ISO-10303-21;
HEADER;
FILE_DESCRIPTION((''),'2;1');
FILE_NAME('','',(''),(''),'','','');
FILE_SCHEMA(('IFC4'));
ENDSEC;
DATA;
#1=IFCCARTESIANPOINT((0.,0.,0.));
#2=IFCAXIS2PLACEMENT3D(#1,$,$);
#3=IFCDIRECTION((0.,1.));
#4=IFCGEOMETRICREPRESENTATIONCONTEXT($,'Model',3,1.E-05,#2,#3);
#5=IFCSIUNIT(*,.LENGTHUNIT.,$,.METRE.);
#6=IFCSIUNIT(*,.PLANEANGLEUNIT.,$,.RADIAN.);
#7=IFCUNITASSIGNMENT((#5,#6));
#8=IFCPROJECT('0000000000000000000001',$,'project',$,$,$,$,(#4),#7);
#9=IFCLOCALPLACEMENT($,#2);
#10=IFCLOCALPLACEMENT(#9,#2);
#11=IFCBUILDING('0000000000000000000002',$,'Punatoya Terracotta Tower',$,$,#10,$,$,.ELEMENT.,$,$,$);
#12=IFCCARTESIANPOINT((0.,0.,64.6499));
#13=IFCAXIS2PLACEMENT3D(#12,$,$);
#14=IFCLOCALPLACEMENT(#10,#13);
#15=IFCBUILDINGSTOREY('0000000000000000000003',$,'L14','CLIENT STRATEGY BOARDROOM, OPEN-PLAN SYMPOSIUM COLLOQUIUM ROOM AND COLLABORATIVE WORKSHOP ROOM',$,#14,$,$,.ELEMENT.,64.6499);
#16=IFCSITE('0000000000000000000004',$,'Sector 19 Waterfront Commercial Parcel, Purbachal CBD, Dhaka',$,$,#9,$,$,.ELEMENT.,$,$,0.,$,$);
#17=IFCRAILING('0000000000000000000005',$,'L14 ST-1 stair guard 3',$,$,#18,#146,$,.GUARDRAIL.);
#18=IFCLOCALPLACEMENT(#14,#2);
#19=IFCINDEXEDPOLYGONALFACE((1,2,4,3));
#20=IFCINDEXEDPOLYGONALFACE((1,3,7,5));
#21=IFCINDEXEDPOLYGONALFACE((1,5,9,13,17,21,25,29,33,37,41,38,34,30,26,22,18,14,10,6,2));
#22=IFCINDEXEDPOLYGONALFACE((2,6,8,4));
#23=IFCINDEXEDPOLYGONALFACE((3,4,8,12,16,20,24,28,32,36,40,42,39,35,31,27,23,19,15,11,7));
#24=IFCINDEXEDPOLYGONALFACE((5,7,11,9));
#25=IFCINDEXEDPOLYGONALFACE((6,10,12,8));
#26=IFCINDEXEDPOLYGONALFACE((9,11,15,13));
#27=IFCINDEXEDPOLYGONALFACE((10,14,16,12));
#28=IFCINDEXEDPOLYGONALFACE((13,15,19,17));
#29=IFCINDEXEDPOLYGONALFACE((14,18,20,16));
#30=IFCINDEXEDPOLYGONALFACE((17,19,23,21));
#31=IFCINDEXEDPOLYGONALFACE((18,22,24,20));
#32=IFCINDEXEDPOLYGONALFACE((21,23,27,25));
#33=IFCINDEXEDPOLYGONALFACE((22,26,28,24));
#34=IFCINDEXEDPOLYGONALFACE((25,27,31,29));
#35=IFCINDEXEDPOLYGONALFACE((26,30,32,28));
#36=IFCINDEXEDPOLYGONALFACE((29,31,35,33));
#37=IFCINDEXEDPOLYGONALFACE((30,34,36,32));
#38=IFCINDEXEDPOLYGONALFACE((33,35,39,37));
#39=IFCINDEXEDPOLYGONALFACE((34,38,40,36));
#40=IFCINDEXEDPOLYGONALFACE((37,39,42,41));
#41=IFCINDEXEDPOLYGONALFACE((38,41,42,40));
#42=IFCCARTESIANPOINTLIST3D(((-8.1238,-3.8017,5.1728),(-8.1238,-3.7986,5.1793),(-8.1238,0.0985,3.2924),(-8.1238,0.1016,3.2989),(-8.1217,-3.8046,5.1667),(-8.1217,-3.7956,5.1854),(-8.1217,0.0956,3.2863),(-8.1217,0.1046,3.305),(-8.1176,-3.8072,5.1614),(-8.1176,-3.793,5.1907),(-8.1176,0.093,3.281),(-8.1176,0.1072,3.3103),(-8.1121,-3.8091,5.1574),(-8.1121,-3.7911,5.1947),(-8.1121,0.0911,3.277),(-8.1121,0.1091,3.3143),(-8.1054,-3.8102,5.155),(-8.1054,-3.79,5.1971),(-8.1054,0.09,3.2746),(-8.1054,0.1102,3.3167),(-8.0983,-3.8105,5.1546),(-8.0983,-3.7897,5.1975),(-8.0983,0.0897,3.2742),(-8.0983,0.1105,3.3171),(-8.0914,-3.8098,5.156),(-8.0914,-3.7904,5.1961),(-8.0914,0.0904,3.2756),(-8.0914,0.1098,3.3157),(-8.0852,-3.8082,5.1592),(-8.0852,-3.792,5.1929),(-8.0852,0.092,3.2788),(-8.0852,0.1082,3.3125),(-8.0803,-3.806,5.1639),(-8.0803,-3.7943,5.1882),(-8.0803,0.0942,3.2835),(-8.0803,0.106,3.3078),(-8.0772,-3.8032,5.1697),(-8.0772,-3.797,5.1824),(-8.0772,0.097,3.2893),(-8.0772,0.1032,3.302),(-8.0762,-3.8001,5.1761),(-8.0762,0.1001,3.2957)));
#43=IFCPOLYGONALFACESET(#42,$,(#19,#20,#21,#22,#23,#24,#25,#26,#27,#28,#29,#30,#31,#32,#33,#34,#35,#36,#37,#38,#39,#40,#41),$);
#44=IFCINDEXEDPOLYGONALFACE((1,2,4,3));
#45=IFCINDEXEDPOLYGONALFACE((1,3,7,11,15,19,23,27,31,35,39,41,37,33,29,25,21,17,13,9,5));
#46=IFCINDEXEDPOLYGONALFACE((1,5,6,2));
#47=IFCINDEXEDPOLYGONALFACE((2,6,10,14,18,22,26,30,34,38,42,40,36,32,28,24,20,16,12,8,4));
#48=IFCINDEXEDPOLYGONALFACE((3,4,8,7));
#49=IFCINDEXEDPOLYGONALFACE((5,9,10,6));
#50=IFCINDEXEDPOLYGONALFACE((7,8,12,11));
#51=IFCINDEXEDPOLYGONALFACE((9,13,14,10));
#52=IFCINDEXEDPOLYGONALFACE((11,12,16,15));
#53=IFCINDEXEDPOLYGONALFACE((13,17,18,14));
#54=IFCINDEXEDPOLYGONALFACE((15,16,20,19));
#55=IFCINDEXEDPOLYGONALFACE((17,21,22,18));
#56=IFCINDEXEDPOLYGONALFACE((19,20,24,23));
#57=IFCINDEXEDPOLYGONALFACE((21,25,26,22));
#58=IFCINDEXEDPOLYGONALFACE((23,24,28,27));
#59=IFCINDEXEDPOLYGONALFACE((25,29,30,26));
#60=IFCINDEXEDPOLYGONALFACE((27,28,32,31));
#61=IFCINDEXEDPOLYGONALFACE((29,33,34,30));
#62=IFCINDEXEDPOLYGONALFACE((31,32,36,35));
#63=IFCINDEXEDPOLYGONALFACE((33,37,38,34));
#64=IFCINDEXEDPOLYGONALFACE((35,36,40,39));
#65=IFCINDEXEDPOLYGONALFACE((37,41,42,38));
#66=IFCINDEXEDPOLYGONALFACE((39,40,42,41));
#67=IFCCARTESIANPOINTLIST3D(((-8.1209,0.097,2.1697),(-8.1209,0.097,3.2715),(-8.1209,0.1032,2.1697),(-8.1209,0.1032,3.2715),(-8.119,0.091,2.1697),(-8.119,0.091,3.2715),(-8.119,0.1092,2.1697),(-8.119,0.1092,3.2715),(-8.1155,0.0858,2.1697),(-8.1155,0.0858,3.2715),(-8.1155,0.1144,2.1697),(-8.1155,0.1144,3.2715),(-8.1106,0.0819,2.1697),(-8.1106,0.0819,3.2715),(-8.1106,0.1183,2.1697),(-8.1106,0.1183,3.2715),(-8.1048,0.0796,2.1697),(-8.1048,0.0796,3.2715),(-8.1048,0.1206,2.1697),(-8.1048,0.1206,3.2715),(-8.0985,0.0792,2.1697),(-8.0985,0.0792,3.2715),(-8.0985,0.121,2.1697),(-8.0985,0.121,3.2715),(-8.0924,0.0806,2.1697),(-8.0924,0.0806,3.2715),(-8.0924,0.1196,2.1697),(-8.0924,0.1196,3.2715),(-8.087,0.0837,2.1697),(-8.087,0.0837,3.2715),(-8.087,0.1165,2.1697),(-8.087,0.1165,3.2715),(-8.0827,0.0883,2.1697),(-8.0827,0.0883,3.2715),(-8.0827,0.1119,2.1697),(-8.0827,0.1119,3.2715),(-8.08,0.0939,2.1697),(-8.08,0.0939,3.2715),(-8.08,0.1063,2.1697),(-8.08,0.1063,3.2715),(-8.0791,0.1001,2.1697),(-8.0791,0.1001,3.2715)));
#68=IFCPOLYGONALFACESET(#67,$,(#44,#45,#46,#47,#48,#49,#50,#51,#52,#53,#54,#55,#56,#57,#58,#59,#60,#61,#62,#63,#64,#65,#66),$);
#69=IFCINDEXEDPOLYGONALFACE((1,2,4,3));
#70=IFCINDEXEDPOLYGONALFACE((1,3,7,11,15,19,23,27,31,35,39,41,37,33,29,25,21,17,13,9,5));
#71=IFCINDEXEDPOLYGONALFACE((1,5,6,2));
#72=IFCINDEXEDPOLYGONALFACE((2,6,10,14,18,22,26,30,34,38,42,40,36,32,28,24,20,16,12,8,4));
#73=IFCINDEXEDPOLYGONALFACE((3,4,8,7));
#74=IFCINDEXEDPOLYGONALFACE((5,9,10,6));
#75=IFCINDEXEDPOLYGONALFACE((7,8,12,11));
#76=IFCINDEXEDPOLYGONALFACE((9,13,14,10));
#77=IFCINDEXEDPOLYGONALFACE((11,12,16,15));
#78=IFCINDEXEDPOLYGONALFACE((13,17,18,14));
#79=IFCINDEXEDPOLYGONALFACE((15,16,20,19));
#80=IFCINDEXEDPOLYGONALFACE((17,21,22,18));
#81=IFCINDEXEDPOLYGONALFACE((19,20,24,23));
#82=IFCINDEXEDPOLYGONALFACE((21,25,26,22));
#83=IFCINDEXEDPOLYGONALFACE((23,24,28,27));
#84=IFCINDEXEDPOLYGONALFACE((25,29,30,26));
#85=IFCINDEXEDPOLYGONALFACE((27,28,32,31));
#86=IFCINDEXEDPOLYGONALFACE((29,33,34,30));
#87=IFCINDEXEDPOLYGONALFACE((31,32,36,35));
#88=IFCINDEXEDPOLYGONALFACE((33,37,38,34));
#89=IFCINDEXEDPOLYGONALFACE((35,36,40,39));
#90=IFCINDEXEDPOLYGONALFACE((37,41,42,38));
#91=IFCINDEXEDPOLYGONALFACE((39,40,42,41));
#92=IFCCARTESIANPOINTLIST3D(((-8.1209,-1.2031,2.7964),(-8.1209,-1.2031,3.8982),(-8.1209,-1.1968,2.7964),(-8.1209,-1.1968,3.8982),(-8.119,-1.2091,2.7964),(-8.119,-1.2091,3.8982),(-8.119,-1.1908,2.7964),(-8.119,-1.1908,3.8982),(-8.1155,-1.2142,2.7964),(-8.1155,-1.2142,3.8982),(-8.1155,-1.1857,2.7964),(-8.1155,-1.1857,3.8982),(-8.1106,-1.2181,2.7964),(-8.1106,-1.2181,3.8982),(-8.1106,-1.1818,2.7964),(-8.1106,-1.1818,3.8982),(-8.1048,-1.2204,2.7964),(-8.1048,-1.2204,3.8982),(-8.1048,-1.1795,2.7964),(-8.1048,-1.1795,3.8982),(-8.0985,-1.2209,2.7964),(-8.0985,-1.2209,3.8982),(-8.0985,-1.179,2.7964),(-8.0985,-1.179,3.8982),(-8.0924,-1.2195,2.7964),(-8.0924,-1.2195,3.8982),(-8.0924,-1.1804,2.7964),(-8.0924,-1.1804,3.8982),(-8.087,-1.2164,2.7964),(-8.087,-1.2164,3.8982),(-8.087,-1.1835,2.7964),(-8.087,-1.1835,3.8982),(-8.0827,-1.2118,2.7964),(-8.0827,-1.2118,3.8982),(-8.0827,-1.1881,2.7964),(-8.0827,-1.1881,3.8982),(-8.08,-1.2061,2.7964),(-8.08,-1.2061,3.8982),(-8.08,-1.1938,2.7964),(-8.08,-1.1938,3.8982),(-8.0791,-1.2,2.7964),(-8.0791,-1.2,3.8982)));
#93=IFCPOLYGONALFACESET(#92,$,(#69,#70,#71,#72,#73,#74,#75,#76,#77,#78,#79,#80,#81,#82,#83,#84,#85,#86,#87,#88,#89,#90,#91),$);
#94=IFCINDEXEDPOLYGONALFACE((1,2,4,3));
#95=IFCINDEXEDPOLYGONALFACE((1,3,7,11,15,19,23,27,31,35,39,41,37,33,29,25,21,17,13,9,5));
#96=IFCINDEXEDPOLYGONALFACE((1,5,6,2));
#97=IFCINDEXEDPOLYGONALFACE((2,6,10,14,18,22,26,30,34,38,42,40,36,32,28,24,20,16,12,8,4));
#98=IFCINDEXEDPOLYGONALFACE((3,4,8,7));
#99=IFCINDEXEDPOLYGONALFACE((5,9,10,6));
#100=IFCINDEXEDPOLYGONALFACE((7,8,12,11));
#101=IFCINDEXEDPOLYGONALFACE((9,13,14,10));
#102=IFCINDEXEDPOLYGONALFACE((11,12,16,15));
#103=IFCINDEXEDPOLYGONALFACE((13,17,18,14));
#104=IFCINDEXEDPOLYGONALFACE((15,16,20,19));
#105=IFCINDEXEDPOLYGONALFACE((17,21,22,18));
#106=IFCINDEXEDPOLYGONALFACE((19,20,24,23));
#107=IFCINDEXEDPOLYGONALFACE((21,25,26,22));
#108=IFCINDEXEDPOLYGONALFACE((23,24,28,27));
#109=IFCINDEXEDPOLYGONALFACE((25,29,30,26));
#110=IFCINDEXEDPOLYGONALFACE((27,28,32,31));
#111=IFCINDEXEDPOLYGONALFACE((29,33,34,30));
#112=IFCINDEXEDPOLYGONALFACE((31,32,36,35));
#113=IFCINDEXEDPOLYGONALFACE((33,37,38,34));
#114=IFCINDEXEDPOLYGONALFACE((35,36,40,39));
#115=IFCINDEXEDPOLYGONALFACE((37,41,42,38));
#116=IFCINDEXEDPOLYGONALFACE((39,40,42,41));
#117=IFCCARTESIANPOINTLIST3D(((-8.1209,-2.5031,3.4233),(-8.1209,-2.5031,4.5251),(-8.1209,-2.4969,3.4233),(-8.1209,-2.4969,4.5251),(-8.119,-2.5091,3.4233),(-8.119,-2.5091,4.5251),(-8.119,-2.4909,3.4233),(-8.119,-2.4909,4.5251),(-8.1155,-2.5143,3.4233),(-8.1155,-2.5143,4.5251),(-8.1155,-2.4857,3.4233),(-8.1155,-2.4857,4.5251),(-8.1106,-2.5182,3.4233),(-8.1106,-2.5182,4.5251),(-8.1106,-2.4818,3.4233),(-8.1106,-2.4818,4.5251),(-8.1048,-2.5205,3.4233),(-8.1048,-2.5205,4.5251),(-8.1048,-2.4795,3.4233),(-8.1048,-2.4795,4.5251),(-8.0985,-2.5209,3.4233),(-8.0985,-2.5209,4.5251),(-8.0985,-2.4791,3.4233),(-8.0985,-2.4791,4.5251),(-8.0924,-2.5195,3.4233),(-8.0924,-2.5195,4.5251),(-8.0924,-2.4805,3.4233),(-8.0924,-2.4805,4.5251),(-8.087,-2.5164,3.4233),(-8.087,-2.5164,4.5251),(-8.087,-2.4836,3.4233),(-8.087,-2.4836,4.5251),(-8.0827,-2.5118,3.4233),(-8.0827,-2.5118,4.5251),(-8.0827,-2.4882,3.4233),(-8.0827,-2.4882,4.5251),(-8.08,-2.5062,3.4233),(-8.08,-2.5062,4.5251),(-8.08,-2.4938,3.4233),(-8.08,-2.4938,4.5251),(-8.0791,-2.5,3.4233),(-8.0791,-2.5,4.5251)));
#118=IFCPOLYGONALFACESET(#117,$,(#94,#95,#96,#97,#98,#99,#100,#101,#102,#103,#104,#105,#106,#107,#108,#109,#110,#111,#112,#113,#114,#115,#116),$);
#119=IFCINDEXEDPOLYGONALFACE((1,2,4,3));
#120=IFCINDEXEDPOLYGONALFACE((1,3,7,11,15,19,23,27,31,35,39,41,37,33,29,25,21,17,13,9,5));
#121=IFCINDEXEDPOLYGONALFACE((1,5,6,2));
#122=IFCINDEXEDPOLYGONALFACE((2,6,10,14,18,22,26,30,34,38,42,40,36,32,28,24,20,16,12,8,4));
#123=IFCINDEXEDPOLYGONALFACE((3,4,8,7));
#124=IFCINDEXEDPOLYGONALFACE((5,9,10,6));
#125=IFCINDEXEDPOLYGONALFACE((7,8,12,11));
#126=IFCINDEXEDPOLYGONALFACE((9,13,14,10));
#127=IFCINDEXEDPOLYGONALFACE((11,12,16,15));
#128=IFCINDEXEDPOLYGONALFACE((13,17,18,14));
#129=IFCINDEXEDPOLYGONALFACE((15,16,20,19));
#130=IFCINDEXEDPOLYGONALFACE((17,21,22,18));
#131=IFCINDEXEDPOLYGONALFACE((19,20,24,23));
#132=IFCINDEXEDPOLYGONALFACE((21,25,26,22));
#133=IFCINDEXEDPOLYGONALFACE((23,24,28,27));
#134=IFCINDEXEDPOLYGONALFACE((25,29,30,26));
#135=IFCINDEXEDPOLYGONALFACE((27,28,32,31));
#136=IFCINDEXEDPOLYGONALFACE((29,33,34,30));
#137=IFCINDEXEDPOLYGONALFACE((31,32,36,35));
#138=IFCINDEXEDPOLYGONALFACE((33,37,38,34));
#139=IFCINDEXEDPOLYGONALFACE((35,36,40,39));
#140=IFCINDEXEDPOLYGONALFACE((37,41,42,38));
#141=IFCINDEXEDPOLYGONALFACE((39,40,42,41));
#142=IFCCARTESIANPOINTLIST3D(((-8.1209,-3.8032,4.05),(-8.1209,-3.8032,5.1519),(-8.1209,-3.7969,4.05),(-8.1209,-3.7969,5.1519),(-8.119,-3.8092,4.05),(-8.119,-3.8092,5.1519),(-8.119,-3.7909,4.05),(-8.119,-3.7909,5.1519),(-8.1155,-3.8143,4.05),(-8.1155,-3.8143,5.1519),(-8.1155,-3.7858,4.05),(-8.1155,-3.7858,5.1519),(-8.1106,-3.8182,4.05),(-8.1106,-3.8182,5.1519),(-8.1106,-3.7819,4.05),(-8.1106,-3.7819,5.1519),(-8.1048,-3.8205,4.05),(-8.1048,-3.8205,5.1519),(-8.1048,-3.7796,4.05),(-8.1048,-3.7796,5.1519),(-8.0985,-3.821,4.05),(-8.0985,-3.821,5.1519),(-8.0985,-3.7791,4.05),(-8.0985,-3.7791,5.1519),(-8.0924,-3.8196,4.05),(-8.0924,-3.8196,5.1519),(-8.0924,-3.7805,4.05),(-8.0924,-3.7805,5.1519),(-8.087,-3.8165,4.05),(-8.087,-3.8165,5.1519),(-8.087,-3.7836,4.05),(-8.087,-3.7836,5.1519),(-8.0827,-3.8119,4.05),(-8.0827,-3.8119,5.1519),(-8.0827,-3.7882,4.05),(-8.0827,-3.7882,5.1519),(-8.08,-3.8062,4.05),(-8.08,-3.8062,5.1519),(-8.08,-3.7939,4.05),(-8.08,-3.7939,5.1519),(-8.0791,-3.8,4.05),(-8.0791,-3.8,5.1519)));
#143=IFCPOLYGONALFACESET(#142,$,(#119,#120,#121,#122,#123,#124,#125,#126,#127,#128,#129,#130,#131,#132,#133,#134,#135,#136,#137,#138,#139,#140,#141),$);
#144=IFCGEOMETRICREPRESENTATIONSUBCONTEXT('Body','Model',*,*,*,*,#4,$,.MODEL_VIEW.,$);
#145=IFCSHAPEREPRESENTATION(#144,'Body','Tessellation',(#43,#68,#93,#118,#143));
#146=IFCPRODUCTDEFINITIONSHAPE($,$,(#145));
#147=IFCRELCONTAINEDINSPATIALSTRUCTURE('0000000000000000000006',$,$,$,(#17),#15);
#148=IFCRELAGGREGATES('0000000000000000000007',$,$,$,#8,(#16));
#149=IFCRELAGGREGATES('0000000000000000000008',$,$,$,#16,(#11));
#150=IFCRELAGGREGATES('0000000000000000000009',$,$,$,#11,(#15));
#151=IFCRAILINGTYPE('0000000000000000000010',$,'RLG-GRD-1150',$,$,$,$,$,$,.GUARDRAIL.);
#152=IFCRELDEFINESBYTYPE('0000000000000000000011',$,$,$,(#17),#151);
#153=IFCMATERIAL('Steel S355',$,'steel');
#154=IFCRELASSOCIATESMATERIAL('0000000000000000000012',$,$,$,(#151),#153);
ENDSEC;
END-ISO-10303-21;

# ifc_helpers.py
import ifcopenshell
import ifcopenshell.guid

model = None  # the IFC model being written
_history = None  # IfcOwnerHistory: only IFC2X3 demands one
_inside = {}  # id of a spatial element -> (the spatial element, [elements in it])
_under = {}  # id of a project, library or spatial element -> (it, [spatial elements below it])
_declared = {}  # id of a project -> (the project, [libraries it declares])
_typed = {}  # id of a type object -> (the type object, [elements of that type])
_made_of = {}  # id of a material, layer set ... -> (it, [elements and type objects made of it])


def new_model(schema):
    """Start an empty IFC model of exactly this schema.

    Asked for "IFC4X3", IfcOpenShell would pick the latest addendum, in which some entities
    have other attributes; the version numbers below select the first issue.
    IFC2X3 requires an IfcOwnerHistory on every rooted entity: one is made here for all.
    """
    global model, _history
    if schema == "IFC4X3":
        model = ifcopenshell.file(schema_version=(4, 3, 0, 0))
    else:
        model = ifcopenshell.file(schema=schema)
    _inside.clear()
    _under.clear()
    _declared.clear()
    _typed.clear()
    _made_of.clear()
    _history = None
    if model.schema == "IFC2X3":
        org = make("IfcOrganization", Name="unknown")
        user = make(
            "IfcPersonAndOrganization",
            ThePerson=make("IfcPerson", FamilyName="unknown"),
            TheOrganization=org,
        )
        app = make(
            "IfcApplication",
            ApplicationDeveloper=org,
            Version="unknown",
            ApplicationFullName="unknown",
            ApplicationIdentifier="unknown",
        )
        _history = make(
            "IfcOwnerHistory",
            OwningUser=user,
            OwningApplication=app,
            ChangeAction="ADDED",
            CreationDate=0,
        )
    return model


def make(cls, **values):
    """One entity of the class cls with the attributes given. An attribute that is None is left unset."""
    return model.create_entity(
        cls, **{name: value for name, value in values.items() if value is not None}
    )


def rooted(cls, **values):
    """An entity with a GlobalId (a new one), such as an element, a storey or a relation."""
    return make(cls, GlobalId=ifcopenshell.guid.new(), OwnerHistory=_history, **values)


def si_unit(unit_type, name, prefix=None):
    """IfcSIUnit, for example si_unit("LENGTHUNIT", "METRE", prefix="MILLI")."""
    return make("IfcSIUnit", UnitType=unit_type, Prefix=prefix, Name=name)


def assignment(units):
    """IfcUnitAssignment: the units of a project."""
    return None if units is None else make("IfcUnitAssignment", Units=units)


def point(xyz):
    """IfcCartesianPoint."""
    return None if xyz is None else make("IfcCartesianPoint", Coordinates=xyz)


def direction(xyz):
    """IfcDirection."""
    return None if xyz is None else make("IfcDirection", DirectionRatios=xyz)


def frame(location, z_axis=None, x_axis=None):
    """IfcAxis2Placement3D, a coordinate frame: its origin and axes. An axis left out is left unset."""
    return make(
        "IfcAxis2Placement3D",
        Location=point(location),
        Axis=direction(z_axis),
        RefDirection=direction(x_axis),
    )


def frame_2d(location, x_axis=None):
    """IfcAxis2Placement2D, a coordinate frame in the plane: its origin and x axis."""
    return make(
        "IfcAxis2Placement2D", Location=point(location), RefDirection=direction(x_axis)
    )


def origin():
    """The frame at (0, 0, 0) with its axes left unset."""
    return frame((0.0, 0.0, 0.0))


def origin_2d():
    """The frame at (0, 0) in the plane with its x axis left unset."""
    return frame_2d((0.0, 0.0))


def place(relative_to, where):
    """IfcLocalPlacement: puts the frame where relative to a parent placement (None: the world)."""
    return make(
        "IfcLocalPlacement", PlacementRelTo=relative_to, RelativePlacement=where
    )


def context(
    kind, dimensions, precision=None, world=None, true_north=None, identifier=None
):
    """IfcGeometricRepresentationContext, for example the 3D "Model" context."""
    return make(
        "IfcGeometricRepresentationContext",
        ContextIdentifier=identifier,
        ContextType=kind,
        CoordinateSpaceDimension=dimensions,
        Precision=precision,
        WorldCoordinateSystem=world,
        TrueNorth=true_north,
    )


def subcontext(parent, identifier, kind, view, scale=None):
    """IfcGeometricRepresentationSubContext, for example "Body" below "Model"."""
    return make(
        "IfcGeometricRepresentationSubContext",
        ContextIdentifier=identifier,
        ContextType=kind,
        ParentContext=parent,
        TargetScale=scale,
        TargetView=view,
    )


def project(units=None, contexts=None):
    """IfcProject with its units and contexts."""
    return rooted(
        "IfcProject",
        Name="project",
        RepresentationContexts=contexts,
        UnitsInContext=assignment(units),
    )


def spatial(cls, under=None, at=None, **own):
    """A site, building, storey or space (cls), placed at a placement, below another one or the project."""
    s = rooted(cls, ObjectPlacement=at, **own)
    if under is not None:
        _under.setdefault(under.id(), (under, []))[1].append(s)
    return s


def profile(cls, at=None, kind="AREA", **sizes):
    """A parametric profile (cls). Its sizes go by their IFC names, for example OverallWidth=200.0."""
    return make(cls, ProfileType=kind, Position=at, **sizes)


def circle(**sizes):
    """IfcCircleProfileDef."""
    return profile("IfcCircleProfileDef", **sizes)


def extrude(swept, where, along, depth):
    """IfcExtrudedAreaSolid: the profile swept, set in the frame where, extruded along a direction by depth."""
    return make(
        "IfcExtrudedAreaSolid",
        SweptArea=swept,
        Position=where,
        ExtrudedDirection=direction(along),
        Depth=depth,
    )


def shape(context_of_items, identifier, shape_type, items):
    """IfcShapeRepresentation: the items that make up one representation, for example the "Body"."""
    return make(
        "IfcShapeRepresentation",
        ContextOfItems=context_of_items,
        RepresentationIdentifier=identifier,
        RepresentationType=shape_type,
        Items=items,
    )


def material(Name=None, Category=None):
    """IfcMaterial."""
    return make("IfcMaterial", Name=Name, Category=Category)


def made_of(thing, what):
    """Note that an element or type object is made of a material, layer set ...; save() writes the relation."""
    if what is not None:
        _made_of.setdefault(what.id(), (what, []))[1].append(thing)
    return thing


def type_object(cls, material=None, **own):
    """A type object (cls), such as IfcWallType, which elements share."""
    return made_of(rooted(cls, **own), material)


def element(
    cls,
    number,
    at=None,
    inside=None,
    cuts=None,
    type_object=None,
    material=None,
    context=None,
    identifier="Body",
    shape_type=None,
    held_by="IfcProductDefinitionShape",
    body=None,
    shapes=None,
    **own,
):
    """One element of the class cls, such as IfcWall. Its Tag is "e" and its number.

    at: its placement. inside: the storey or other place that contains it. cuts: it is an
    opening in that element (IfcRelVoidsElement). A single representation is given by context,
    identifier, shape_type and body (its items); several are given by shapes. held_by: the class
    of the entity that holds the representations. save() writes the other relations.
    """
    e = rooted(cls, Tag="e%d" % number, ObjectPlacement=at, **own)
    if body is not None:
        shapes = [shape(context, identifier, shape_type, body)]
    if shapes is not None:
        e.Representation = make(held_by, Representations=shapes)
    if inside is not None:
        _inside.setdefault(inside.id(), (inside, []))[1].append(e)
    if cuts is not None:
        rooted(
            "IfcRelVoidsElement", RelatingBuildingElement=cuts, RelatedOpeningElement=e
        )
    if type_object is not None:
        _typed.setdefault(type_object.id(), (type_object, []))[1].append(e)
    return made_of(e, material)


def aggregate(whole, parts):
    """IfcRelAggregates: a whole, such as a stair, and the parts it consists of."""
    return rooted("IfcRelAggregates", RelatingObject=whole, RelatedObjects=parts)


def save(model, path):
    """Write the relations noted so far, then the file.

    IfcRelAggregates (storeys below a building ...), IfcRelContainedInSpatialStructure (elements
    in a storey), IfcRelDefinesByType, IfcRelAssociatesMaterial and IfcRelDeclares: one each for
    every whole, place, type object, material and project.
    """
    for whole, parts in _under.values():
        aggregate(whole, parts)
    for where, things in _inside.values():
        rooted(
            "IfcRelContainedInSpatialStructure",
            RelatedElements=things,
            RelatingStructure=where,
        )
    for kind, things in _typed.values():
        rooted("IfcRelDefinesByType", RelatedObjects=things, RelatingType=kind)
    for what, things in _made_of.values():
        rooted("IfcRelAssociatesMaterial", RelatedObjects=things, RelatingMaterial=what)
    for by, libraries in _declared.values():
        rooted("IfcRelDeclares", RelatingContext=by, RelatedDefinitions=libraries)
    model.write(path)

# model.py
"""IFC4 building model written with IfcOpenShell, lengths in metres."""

from ifc_helpers import new_model, si_unit, direction, frame, origin, origin_2d, place, context, subcontext, project, spatial, circle, extrude, material, type_object, element, save


model = new_model("IFC4")

# Units and contexts
model_context = context("Model", 3, precision=1e-05, world=origin(), true_north=direction((0.0, 1.0)))
body_context = subcontext(model_context, "Body", "Model", "MODEL_VIEW")
ifc_project = project(units=[si_unit("LENGTHUNIT", "METRE"), si_unit("PLANEANGLEUNIT", "RADIAN")], contexts=[model_context])

# Site, building, storey
site_placement = place(None, origin())
site = spatial("IfcSite", under=ifc_project, at=site_placement, Name="Sector 19 Waterfront Commercial Parcel, Purbachal CBD, Dhaka", CompositionType="ELEMENT", RefElevation=0.0)
building_placement = place(site_placement, origin())
building = spatial("IfcBuilding", under=site, at=building_placement, Name="Punatoya Terracotta Tower", CompositionType="ELEMENT")
storey_placement = place(building_placement, frame((0.0, 0.0, 64.6499)))
storey = spatial("IfcBuildingStorey", under=building, at=storey_placement, Name="L14", Description="CLIENT STRATEGY BOARDROOM, OPEN-PLAN SYMPOSIUM COLLOQUIUM ROOM AND COLLABORATIVE WORKSHOP ROOM", CompositionType="ELEMENT", Elevation=64.6499)

# Shared definitions
ifc_material_1 = material(Name="Steel S355", Category="steel")

# Railing
railing_type_1 = type_object("IfcRailingType", Name="RLG-GRD-1150", PredefinedType="GUARDRAIL", material=ifc_material_1)
railing_1_placement = place(storey_placement, frame((-8.1001, 0.1001, 2.1697)))
element("IfcRailing", 1, at=railing_1_placement, inside=storey, type_object=railing_type_1, Name="L14 ST-1 stair guard 3", PredefinedType="GUARDRAIL", context=body_context, shape_type="SweptSolid", body=[
    extrude(circle(Radius=0.0239, at=origin_2d()), frame((0.0, 0.0, 1.126), z_axis=(0.0, -0.900774, 0.434289), x_axis=(1.0, 0.0, 0.0)), (0.0, 0.0, 1.0), 4.3298),
    extrude(circle(Radius=0.021, at=origin_2d()), origin(), (0.0, 0.0, 1.0), 1.1018),
    extrude(circle(Radius=0.021, at=origin_2d()), frame((0.0, -1.3, 0.6267)), (0.0, 0.0, 1.0), 1.1018),
    extrude(circle(Radius=0.021, at=origin_2d()), frame((0.0, -2.6001, 1.2537)), (0.0, 0.0, 1.0), 1.1018),
    extrude(circle(Radius=0.021, at=origin_2d()), frame((0.0, -3.9001, 1.8804)), (0.0, 0.0, 1.0), 1.1018),
])

save(model, "model.ifc")
